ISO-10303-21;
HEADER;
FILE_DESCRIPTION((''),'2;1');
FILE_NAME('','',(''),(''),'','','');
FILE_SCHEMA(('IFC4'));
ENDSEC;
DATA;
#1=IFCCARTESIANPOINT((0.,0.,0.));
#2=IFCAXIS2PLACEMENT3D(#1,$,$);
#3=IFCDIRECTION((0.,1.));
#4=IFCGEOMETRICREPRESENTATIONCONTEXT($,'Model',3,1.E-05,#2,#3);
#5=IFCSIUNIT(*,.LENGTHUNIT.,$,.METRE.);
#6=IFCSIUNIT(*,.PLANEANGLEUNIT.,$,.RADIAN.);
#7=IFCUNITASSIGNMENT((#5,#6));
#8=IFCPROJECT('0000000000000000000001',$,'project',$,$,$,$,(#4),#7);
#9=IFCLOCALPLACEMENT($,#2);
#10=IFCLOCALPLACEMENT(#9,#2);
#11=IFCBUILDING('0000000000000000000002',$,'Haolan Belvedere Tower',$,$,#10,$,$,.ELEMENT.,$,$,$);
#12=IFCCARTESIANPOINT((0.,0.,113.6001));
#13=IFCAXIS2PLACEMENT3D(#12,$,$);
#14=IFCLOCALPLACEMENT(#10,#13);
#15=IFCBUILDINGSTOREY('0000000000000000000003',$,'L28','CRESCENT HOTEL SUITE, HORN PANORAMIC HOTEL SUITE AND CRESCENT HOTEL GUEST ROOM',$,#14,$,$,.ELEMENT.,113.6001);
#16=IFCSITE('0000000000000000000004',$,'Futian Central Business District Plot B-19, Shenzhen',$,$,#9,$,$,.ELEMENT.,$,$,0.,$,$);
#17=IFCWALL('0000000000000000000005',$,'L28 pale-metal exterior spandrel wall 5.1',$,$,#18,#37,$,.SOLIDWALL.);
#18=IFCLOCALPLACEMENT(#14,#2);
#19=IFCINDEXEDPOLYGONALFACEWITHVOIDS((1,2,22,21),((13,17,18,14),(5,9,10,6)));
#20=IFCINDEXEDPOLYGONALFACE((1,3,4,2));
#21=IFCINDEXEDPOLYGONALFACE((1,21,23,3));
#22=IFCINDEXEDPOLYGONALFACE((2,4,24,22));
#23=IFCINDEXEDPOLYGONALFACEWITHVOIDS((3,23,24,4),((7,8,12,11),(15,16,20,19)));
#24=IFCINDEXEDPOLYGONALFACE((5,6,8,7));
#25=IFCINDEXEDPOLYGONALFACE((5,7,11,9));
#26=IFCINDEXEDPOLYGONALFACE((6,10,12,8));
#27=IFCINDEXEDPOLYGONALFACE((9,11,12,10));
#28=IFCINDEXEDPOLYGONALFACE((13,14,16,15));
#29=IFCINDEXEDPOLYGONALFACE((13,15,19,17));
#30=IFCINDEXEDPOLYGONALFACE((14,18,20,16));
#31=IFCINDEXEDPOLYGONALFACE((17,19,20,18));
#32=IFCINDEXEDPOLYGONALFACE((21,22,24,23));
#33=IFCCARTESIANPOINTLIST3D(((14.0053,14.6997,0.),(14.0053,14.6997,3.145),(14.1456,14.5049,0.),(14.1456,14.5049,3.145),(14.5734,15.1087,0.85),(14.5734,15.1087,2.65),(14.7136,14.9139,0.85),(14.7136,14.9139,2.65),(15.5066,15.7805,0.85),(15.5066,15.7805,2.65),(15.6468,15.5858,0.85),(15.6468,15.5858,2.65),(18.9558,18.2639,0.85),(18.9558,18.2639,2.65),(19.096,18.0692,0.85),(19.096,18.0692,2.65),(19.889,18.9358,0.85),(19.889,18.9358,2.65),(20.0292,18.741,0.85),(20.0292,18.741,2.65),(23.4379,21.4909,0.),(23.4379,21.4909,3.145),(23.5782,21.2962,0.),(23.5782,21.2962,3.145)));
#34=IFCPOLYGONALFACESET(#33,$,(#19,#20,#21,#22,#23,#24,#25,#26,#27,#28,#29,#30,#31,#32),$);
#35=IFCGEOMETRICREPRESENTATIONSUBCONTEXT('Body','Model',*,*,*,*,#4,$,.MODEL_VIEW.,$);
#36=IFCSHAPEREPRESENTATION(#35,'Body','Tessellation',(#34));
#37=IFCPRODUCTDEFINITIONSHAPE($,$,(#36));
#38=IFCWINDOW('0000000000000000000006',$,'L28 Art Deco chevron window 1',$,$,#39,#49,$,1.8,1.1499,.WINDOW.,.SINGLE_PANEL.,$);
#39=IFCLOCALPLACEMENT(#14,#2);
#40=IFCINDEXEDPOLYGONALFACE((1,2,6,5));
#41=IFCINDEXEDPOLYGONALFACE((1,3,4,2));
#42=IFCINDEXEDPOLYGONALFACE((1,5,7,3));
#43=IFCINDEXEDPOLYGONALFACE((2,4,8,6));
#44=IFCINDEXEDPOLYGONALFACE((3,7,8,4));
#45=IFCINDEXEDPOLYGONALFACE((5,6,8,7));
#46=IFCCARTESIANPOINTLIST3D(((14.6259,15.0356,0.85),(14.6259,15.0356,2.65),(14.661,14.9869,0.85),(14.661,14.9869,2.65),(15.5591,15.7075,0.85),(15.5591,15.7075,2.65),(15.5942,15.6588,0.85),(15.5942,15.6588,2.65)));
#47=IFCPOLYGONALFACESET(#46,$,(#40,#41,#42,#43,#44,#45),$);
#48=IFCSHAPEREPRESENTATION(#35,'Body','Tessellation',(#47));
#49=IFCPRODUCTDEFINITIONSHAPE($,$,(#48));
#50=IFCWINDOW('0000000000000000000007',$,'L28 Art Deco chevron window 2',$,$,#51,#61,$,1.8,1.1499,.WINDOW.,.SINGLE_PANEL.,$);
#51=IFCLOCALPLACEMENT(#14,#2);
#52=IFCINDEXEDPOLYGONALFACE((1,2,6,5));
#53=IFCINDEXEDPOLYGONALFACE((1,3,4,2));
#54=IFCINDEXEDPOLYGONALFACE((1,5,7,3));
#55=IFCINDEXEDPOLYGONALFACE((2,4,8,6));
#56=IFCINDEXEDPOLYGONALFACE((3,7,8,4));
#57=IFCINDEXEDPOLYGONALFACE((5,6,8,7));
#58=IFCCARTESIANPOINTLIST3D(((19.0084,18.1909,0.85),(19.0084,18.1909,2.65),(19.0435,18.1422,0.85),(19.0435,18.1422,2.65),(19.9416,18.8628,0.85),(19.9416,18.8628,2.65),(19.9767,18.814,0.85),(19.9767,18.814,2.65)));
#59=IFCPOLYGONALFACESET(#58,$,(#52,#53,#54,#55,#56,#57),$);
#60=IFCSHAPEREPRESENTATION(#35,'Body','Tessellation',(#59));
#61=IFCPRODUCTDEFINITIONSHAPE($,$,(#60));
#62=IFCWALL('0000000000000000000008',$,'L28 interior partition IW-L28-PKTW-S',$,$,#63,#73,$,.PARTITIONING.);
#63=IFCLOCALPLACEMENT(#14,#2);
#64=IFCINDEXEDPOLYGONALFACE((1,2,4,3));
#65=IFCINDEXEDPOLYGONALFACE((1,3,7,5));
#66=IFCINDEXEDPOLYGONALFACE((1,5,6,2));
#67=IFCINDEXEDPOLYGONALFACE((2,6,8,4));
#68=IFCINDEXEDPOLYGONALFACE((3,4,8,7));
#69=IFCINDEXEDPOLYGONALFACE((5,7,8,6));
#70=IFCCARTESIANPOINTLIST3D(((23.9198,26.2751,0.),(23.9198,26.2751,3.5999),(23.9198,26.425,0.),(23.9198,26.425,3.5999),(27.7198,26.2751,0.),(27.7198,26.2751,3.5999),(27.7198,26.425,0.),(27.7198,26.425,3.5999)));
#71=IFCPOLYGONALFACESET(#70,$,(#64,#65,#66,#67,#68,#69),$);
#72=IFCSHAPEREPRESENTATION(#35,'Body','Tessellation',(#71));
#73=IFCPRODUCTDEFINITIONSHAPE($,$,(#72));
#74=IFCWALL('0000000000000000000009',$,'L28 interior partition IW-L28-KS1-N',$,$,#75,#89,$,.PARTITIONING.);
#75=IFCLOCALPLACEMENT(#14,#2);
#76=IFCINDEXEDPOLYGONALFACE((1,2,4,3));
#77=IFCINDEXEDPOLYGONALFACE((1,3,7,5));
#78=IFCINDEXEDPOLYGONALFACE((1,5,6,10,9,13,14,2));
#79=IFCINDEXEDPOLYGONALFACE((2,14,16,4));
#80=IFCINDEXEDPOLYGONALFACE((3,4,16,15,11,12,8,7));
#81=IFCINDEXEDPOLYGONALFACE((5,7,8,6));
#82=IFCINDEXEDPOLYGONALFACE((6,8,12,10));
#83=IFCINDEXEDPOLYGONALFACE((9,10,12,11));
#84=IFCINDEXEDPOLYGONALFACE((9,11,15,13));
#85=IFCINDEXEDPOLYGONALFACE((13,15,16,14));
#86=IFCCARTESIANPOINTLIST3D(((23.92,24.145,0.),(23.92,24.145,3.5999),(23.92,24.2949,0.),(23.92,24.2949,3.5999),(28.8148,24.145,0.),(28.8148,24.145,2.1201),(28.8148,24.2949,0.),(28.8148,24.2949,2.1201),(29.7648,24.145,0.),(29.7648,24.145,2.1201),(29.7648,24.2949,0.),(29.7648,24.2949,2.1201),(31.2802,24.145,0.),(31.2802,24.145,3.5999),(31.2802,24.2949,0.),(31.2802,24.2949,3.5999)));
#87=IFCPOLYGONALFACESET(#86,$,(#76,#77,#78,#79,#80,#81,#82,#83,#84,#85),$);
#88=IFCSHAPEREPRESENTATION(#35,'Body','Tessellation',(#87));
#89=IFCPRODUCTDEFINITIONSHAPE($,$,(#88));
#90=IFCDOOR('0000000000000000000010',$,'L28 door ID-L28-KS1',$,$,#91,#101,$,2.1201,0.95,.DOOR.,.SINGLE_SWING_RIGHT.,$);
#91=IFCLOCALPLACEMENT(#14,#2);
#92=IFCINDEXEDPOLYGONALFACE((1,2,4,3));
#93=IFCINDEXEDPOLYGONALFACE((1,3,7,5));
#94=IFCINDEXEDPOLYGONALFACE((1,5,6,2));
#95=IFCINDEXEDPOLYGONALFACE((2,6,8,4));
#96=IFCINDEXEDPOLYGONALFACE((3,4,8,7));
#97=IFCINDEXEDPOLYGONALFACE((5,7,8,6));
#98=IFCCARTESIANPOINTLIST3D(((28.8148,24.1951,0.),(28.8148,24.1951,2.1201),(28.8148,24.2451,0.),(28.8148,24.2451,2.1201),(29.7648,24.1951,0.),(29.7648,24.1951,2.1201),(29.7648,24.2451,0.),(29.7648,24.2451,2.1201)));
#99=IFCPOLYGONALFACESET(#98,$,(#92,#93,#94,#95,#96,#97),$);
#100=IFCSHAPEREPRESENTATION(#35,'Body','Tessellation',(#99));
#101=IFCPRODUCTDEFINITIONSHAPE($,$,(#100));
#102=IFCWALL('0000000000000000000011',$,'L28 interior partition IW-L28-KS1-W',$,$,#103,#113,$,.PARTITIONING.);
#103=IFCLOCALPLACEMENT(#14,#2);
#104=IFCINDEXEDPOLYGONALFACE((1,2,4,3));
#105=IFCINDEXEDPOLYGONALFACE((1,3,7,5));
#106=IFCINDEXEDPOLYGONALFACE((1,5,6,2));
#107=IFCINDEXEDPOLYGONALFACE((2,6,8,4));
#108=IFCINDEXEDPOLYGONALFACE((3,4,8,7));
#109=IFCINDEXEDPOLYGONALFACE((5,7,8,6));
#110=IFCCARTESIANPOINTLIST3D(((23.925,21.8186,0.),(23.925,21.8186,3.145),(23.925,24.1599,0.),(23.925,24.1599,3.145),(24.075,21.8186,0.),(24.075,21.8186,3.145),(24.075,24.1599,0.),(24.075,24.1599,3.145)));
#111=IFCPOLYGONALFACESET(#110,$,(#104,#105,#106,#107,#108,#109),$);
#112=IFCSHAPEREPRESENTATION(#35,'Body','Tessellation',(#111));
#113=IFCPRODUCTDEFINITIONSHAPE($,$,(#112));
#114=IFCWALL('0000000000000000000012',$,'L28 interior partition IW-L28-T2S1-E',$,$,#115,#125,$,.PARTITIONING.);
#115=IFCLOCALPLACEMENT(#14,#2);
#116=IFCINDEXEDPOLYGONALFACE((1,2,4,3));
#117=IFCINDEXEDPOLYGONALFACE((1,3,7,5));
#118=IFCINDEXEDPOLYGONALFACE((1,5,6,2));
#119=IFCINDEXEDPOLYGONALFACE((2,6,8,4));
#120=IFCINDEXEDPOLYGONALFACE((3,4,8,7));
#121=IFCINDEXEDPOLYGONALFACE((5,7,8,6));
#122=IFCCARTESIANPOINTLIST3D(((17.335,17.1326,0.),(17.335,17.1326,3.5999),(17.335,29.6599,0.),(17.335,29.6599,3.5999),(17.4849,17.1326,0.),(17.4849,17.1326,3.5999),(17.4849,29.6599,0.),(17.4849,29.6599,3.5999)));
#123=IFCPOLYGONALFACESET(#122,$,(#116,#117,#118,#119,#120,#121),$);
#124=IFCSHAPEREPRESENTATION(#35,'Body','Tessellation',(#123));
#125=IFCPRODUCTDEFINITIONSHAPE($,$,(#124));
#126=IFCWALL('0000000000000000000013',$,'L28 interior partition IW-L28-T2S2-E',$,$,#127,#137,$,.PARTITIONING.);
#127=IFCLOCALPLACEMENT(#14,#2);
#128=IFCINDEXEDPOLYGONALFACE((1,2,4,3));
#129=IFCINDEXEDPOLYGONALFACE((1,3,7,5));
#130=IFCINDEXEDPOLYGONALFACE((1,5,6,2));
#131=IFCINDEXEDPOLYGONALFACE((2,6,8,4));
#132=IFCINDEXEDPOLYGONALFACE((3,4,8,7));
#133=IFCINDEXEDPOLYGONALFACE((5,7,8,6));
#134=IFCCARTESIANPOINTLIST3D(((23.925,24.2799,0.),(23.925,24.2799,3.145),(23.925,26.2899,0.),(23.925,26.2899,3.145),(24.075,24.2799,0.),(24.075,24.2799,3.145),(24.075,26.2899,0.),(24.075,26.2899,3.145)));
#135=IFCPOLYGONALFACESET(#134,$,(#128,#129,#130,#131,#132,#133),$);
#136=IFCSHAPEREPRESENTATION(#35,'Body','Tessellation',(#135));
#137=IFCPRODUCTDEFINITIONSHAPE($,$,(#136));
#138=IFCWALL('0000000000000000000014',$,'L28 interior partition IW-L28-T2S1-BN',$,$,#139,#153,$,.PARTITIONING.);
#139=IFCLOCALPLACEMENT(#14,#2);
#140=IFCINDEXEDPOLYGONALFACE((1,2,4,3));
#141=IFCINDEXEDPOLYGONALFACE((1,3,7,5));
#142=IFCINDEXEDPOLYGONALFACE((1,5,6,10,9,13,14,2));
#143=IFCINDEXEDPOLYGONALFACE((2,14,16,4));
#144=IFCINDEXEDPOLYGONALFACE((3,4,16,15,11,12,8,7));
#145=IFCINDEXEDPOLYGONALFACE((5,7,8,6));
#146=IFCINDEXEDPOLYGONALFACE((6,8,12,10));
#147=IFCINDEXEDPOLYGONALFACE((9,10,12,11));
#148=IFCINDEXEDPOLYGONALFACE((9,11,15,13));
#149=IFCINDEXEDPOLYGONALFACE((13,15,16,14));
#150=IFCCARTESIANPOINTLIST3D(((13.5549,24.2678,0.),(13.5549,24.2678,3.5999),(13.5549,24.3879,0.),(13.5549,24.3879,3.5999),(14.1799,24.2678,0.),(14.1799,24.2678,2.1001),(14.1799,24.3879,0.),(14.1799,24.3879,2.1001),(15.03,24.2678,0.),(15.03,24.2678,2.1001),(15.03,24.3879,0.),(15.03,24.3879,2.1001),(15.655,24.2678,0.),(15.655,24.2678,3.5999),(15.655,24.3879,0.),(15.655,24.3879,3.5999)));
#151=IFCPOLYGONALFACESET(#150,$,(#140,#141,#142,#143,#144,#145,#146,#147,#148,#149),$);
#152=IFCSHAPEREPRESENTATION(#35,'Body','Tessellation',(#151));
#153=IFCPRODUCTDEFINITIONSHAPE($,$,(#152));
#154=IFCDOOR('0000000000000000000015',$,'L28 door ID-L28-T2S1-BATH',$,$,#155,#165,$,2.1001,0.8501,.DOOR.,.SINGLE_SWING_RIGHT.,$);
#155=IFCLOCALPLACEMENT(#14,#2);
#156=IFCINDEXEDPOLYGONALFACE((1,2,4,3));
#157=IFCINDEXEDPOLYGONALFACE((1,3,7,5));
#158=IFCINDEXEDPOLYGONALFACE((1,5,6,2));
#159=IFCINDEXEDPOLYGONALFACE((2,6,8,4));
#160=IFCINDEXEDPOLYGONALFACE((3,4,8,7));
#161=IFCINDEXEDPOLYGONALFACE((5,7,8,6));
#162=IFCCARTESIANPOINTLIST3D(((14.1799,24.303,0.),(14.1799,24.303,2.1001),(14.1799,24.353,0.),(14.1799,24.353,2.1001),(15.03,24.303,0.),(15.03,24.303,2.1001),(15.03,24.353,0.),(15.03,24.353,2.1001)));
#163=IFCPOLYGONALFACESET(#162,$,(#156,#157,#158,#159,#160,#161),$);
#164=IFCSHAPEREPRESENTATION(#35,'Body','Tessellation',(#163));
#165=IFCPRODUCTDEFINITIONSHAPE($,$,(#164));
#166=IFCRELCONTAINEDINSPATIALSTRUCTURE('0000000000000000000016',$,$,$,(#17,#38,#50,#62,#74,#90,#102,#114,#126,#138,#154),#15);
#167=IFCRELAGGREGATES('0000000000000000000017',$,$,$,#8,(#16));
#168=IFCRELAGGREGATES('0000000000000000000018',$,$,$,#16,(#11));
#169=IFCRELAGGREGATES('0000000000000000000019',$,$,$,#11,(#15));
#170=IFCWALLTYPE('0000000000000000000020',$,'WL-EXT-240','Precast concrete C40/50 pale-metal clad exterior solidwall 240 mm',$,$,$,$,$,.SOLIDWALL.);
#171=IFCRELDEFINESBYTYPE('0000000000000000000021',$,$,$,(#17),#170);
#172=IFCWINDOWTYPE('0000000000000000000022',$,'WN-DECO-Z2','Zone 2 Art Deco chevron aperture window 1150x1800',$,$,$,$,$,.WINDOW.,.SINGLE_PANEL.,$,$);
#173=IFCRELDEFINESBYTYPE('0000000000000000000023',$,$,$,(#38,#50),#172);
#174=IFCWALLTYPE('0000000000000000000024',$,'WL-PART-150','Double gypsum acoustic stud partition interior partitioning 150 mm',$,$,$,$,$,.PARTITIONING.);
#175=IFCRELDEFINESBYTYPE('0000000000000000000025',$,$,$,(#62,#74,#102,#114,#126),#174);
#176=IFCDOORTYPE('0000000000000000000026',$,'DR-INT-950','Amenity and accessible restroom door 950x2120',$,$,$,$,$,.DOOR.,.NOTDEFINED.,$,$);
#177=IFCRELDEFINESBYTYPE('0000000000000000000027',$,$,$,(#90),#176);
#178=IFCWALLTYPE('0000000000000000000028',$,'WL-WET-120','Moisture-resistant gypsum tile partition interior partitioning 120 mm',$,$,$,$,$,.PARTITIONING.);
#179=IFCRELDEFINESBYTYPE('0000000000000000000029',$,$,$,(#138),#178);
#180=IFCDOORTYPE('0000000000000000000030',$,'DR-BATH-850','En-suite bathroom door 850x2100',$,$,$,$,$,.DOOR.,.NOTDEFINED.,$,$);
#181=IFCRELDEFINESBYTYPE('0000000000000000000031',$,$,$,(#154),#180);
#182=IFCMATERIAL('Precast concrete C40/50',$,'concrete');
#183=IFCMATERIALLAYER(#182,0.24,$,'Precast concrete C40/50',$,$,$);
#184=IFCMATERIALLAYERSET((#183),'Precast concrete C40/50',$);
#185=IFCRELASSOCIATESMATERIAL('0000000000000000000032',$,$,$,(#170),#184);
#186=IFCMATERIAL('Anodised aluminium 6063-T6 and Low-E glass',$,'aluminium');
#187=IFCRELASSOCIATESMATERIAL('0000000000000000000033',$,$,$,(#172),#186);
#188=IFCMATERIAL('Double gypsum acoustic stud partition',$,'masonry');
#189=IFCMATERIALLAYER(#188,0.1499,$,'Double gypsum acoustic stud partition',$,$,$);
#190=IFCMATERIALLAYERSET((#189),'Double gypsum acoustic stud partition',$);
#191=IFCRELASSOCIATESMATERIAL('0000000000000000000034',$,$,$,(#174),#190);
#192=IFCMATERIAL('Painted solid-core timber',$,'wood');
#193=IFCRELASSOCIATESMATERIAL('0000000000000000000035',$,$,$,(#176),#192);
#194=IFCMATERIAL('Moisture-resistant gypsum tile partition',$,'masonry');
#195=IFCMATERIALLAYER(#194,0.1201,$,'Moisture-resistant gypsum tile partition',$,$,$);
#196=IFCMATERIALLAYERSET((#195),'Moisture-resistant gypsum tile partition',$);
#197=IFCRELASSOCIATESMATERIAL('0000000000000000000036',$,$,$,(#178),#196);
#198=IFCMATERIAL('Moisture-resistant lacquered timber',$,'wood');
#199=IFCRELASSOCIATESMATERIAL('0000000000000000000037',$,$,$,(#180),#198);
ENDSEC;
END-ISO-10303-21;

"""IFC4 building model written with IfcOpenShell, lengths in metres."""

from ifc_helpers import new_model, si_unit, direction, frame, frame_2d, origin, place, context, subcontext, project, spatial, rectangle, extrude, material, layer, layer_set, type_object, element, fill, save


model = new_model("IFC4")

# Units and contexts
model_context = context("Model", 3, precision=1e-05, world=origin(), true_north=direction((0.0, 1.0)))
body_context = subcontext(model_context, "Body", "Model", "MODEL_VIEW")
ifc_project = project(units=[si_unit("LENGTHUNIT", "METRE"), si_unit("PLANEANGLEUNIT", "RADIAN")], contexts=[model_context])

# Site, building, storey
site_placement = place(None, origin())
site = spatial("IfcSite", under=ifc_project, at=site_placement, Name="Futian Central Business District Plot B-19, Shenzhen", CompositionType="ELEMENT", RefElevation=0.0)
building_placement = place(site_placement, origin())
building = spatial("IfcBuilding", under=site, at=building_placement, Name="Haolan Belvedere Tower", CompositionType="ELEMENT")
storey_placement = place(building_placement, frame((0.0, 0.0, 113.6001)))
storey = spatial("IfcBuildingStorey", under=building, at=storey_placement, Name="L28", Description="CRESCENT HOTEL SUITE, HORN PANORAMIC HOTEL SUITE AND CRESCENT HOTEL GUEST ROOM", CompositionType="ELEMENT", Elevation=113.6001)

# Shared definitions
ifc_material_1 = material(Name="Precast concrete C40/50", Category="concrete")
ifc_layer_1 = layer(ifc_material_1, 0.24, Name="Precast concrete C40/50")
ifc_layer_set_1 = layer_set([ifc_layer_1], Name="Precast concrete C40/50")
wall_type_1 = type_object("IfcWallType", Name="WL-EXT-240", Description="Precast concrete C40/50 pale-metal clad exterior solidwall 240 mm", PredefinedType="SOLIDWALL", material=ifc_layer_set_1)

# Wall, openings, windows
wall_1_placement = place(storey_placement, frame((14.0754, 14.6023, 0.0), z_axis=(0.0, 0.0, 1.0), x_axis=(0.811544, 0.584292, 0.0)))
wall_1 = element("IfcWall", 1, at=wall_1_placement, inside=storey, type_object=wall_type_1, Name="L28 pale-metal exterior spandrel wall 5.1", PredefinedType="SOLIDWALL", context=body_context, shape_type="SweptSolid", body=[
    extrude(rectangle(XDim=11.623, YDim=0.24, at=frame_2d((5.8115, 0.0))), origin(), (0.0, 0.0, 1.0), 3.145),
])
opening_1_placement = place(wall_1_placement, frame((0.7, 0.0, 0.8501)))
opening_1 = element("IfcOpeningElement", 2, at=opening_1_placement, cuts=wall_1, PredefinedType="OPENING", context=body_context, shape_type="SweptSolid", body=[
    extrude(rectangle(XDim=1.1499, YDim=1.8, at=frame_2d((0.575, 0.8999))), frame((0.0, 0.1299, 0.0), z_axis=(0.0, -1.0, 0.0), x_axis=(1.0, 0.0, 0.0)), (0.0, 0.0, 1.0), 0.26),
])
opening_2_placement = place(wall_1_placement, frame((6.1001, 0.0, 0.8501)))
opening_2 = element("IfcOpeningElement", 3, at=opening_2_placement, cuts=wall_1, PredefinedType="OPENING", context=body_context, shape_type="SweptSolid", body=[
    extrude(rectangle(XDim=1.1499, YDim=1.8, at=frame_2d((0.575, 0.8999))), frame((0.0, 0.1299, 0.0), z_axis=(0.0, -1.0, 0.0), x_axis=(1.0, 0.0, 0.0)), (0.0, 0.0, 1.0), 0.26),
])
ifc_material_2 = material(Name="Anodised aluminium 6063-T6 and Low-E glass", Category="aluminium")
window_type = type_object("IfcWindowType", Name="WN-DECO-Z2", Description="Zone 2 Art Deco chevron aperture window 1150x1800", PartitioningType="SINGLE_PANEL", PredefinedType="WINDOW", material=ifc_material_2)
window_1_placement = place(opening_1_placement, origin())
window_1 = element("IfcWindow", 4, at=window_1_placement, inside=storey, type_object=window_type, Name="L28 Art Deco chevron window 1", OverallHeight=1.8, OverallWidth=1.1499, PartitioningType="SINGLE_PANEL", PredefinedType="WINDOW", context=body_context, shape_type="SweptSolid", body=[
    extrude(rectangle(XDim=1.1499, YDim=1.8, at=frame_2d((0.575, 0.8999))), frame((0.0, 0.03, 0.0), z_axis=(0.0, -1.0, 0.0), x_axis=(1.0, 0.0, 0.0)), (0.0, 0.0, 1.0), 0.0601),
])
fill(opening_1, window_1)
window_2_placement = place(opening_2_placement, origin())
window_2 = element("IfcWindow", 5, at=window_2_placement, inside=storey, type_object=window_type, Name="L28 Art Deco chevron window 2", OverallHeight=1.8, OverallWidth=1.1499, PartitioningType="SINGLE_PANEL", PredefinedType="WINDOW", context=body_context, shape_type="SweptSolid", body=[
    extrude(rectangle(XDim=1.1499, YDim=1.8, at=frame_2d((0.575, 0.8999))), frame((0.0, 0.03, 0.0), z_axis=(0.0, -1.0, 0.0), x_axis=(1.0, 0.0, 0.0)), (0.0, 0.0, 1.0), 0.0601),
])
fill(opening_2, window_2)

# Wall
ifc_material_3 = material(Name="Double gypsum acoustic stud partition", Category="masonry")
ifc_layer_2 = layer(ifc_material_3, 0.1499, Name="Double gypsum acoustic stud partition")
ifc_layer_set_2 = layer_set([ifc_layer_2], Name="Double gypsum acoustic stud partition")
wall_type_2 = type_object("IfcWallType", Name="WL-PART-150", Description="Double gypsum acoustic stud partition interior partitioning 150 mm", PredefinedType="PARTITIONING", material=ifc_layer_set_2)
wall_2_placement = place(storey_placement, frame((23.9199, 26.3501, 0.0), z_axis=(0.0, 0.0, 1.0), x_axis=(1.0, 0.0, 0.0)))
element("IfcWall", 6, at=wall_2_placement, inside=storey, type_object=wall_type_2, Name="L28 interior partition IW-L28-PKTW-S", PredefinedType="PARTITIONING", context=body_context, shape_type="SweptSolid", body=[
    extrude(rectangle(XDim=3.8, YDim=0.1499, at=frame_2d((1.8999, 0.0))), origin(), (0.0, 0.0, 1.0), 3.5999),
])

# Wall, opening, door
wall_3_placement = place(storey_placement, frame((23.9199, 24.22, 0.0), z_axis=(0.0, 0.0, 1.0), x_axis=(1.0, 0.0, 0.0)))
wall_3 = element("IfcWall", 7, at=wall_3_placement, inside=storey, type_object=wall_type_2, Name="L28 interior partition IW-L28-KS1-N", PredefinedType="PARTITIONING", context=body_context, shape_type="SweptSolid", body=[
    extrude(rectangle(XDim=7.3601, YDim=0.1499, at=frame_2d((3.6802, 0.0))), origin(), (0.0, 0.0, 1.0), 3.5999),
])
opening_3_placement = place(wall_3_placement, frame((5.845, 0.0, 0.0), z_axis=(0.0, 0.0, 1.0), x_axis=(-1.0, 0.0, 0.0)))
opening_3 = element("IfcOpeningElement", 8, at=opening_3_placement, cuts=wall_3, PredefinedType="OPENING", context=body_context, shape_type="SweptSolid", body=[
    extrude(rectangle(XDim=0.95, YDim=2.1201, at=frame_2d((0.4751, 1.0601))), frame((0.0, 0.085, 0.0), z_axis=(0.0, -1.0, 0.0), x_axis=(1.0, 0.0, 0.0)), (0.0, 0.0, 1.0), 0.1699),
])
ifc_material_4 = material(Name="Painted solid-core timber", Category="wood")
door_type_1 = type_object("IfcDoorType", Name="DR-INT-950", Description="Amenity and accessible restroom door 950x2120", OperationType="NOTDEFINED", PredefinedType="DOOR", material=ifc_material_4)
door_1_placement = place(opening_3_placement, origin())
door_1 = element("IfcDoor", 9, at=door_1_placement, inside=storey, type_object=door_type_1, Name="L28 door ID-L28-KS1", OperationType="SINGLE_SWING_RIGHT", OverallHeight=2.1201, OverallWidth=0.95, PredefinedType="DOOR", context=body_context, shape_type="SweptSolid", body=[
    extrude(rectangle(XDim=0.95, YDim=2.1201, at=frame_2d((0.4751, 1.0601))), frame((0.0, 0.0249, 0.0), z_axis=(0.0, -1.0, 0.0), x_axis=(1.0, 0.0, 0.0)), (0.0, 0.0, 1.0), 0.05),
])
fill(opening_3, door_1)

# Walls
wall_4_placement = place(storey_placement, frame((24.0, 21.8186, 0.0), z_axis=(0.0, 0.0, 1.0), x_axis=(0.0, 1.0, 0.0)))
element("IfcWall", 10, at=wall_4_placement, inside=storey, type_object=wall_type_2, Name="L28 interior partition IW-L28-KS1-W", PredefinedType="PARTITIONING", context=body_context, shape_type="SweptSolid", body=[
    extrude(rectangle(XDim=2.3413, YDim=0.1499, at=frame_2d((1.1707, 0.0))), origin(), (0.0, 0.0, 1.0), 3.145),
])
wall_5_placement = place(storey_placement, frame((17.4099, 17.1326, 0.0), z_axis=(0.0, 0.0, 1.0), x_axis=(0.0, 1.0, 0.0)))
element("IfcWall", 11, at=wall_5_placement, inside=storey, type_object=wall_type_2, Name="L28 interior partition IW-L28-T2S1-E", PredefinedType="PARTITIONING", context=body_context, shape_type="SweptSolid", body=[
    extrude(rectangle(XDim=12.5273, YDim=0.1499, at=frame_2d((6.2637, 0.0))), origin(), (0.0, 0.0, 1.0), 3.5999),
])
wall_6_placement = place(storey_placement, frame((24.0, 24.28, 0.0), z_axis=(0.0, 0.0, 1.0), x_axis=(0.0, 1.0, 0.0)))
element("IfcWall", 12, at=wall_6_placement, inside=storey, type_object=wall_type_2, Name="L28 interior partition IW-L28-T2S2-E", PredefinedType="PARTITIONING", context=body_context, shape_type="SweptSolid", body=[
    extrude(rectangle(XDim=2.01, YDim=0.1499, at=frame_2d((1.0049, 0.0))), origin(), (0.0, 0.0, 1.0), 3.145),
])

# Wall, opening, door
ifc_material_5 = material(Name="Moisture-resistant gypsum tile partition", Category="masonry")
ifc_layer_3 = layer(ifc_material_5, 0.1201, Name="Moisture-resistant gypsum tile partition")
ifc_layer_set_3 = layer_set([ifc_layer_3], Name="Moisture-resistant gypsum tile partition")
wall_type_3 = type_object("IfcWallType", Name="WL-WET-120", Description="Moisture-resistant gypsum tile partition interior partitioning 120 mm", PredefinedType="PARTITIONING", material=ifc_layer_set_3)
wall_7_placement = place(storey_placement, frame((13.5549, 24.3279, 0.0), z_axis=(0.0, 0.0, 1.0), x_axis=(1.0, 0.0, 0.0)))
wall_7 = element("IfcWall", 13, at=wall_7_placement, inside=storey, type_object=wall_type_3, Name="L28 interior partition IW-L28-T2S1-BN", PredefinedType="PARTITIONING", context=body_context, shape_type="SweptSolid", body=[
    extrude(rectangle(XDim=2.1001, YDim=0.1201, at=frame_2d((1.05, 0.0))), origin(), (0.0, 0.0, 1.0), 3.5999),
])
opening_4_placement = place(wall_7_placement, frame((1.4751, 0.0, 0.0), z_axis=(0.0, 0.0, 1.0), x_axis=(-1.0, 0.0, 0.0)))
opening_4 = element("IfcOpeningElement", 14, at=opening_4_placement, cuts=wall_7, PredefinedType="OPENING", context=body_context, shape_type="SweptSolid", body=[
    extrude(rectangle(XDim=0.8501, YDim=2.1001, at=frame_2d((0.425, 1.05))), frame((0.0, 0.0701, 0.0), z_axis=(0.0, -1.0, 0.0), x_axis=(1.0, 0.0, 0.0)), (0.0, 0.0, 1.0), 0.1401),
])
ifc_material_6 = material(Name="Moisture-resistant lacquered timber", Category="wood")
door_type_2 = type_object("IfcDoorType", Name="DR-BATH-850", Description="En-suite bathroom door 850x2100", OperationType="NOTDEFINED", PredefinedType="DOOR", material=ifc_material_6)
door_2_placement = place(opening_4_placement, origin())
door_2 = element("IfcDoor", 15, at=door_2_placement, inside=storey, type_object=door_type_2, Name="L28 door ID-L28-T2S1-BATH", OperationType="SINGLE_SWING_RIGHT", OverallHeight=2.1001, OverallWidth=0.8501, PredefinedType="DOOR", context=body_context, shape_type="SweptSolid", body=[
    extrude(rectangle(XDim=0.8501, YDim=2.1001, at=frame_2d((0.425, 1.05))), frame((0.0, 0.0249, 0.0), z_axis=(0.0, -1.0, 0.0), x_axis=(1.0, 0.0, 0.0)), (0.0, 0.0, 1.0), 0.05),
])
fill(opening_4, door_2)

save(model, "model.ifc")
